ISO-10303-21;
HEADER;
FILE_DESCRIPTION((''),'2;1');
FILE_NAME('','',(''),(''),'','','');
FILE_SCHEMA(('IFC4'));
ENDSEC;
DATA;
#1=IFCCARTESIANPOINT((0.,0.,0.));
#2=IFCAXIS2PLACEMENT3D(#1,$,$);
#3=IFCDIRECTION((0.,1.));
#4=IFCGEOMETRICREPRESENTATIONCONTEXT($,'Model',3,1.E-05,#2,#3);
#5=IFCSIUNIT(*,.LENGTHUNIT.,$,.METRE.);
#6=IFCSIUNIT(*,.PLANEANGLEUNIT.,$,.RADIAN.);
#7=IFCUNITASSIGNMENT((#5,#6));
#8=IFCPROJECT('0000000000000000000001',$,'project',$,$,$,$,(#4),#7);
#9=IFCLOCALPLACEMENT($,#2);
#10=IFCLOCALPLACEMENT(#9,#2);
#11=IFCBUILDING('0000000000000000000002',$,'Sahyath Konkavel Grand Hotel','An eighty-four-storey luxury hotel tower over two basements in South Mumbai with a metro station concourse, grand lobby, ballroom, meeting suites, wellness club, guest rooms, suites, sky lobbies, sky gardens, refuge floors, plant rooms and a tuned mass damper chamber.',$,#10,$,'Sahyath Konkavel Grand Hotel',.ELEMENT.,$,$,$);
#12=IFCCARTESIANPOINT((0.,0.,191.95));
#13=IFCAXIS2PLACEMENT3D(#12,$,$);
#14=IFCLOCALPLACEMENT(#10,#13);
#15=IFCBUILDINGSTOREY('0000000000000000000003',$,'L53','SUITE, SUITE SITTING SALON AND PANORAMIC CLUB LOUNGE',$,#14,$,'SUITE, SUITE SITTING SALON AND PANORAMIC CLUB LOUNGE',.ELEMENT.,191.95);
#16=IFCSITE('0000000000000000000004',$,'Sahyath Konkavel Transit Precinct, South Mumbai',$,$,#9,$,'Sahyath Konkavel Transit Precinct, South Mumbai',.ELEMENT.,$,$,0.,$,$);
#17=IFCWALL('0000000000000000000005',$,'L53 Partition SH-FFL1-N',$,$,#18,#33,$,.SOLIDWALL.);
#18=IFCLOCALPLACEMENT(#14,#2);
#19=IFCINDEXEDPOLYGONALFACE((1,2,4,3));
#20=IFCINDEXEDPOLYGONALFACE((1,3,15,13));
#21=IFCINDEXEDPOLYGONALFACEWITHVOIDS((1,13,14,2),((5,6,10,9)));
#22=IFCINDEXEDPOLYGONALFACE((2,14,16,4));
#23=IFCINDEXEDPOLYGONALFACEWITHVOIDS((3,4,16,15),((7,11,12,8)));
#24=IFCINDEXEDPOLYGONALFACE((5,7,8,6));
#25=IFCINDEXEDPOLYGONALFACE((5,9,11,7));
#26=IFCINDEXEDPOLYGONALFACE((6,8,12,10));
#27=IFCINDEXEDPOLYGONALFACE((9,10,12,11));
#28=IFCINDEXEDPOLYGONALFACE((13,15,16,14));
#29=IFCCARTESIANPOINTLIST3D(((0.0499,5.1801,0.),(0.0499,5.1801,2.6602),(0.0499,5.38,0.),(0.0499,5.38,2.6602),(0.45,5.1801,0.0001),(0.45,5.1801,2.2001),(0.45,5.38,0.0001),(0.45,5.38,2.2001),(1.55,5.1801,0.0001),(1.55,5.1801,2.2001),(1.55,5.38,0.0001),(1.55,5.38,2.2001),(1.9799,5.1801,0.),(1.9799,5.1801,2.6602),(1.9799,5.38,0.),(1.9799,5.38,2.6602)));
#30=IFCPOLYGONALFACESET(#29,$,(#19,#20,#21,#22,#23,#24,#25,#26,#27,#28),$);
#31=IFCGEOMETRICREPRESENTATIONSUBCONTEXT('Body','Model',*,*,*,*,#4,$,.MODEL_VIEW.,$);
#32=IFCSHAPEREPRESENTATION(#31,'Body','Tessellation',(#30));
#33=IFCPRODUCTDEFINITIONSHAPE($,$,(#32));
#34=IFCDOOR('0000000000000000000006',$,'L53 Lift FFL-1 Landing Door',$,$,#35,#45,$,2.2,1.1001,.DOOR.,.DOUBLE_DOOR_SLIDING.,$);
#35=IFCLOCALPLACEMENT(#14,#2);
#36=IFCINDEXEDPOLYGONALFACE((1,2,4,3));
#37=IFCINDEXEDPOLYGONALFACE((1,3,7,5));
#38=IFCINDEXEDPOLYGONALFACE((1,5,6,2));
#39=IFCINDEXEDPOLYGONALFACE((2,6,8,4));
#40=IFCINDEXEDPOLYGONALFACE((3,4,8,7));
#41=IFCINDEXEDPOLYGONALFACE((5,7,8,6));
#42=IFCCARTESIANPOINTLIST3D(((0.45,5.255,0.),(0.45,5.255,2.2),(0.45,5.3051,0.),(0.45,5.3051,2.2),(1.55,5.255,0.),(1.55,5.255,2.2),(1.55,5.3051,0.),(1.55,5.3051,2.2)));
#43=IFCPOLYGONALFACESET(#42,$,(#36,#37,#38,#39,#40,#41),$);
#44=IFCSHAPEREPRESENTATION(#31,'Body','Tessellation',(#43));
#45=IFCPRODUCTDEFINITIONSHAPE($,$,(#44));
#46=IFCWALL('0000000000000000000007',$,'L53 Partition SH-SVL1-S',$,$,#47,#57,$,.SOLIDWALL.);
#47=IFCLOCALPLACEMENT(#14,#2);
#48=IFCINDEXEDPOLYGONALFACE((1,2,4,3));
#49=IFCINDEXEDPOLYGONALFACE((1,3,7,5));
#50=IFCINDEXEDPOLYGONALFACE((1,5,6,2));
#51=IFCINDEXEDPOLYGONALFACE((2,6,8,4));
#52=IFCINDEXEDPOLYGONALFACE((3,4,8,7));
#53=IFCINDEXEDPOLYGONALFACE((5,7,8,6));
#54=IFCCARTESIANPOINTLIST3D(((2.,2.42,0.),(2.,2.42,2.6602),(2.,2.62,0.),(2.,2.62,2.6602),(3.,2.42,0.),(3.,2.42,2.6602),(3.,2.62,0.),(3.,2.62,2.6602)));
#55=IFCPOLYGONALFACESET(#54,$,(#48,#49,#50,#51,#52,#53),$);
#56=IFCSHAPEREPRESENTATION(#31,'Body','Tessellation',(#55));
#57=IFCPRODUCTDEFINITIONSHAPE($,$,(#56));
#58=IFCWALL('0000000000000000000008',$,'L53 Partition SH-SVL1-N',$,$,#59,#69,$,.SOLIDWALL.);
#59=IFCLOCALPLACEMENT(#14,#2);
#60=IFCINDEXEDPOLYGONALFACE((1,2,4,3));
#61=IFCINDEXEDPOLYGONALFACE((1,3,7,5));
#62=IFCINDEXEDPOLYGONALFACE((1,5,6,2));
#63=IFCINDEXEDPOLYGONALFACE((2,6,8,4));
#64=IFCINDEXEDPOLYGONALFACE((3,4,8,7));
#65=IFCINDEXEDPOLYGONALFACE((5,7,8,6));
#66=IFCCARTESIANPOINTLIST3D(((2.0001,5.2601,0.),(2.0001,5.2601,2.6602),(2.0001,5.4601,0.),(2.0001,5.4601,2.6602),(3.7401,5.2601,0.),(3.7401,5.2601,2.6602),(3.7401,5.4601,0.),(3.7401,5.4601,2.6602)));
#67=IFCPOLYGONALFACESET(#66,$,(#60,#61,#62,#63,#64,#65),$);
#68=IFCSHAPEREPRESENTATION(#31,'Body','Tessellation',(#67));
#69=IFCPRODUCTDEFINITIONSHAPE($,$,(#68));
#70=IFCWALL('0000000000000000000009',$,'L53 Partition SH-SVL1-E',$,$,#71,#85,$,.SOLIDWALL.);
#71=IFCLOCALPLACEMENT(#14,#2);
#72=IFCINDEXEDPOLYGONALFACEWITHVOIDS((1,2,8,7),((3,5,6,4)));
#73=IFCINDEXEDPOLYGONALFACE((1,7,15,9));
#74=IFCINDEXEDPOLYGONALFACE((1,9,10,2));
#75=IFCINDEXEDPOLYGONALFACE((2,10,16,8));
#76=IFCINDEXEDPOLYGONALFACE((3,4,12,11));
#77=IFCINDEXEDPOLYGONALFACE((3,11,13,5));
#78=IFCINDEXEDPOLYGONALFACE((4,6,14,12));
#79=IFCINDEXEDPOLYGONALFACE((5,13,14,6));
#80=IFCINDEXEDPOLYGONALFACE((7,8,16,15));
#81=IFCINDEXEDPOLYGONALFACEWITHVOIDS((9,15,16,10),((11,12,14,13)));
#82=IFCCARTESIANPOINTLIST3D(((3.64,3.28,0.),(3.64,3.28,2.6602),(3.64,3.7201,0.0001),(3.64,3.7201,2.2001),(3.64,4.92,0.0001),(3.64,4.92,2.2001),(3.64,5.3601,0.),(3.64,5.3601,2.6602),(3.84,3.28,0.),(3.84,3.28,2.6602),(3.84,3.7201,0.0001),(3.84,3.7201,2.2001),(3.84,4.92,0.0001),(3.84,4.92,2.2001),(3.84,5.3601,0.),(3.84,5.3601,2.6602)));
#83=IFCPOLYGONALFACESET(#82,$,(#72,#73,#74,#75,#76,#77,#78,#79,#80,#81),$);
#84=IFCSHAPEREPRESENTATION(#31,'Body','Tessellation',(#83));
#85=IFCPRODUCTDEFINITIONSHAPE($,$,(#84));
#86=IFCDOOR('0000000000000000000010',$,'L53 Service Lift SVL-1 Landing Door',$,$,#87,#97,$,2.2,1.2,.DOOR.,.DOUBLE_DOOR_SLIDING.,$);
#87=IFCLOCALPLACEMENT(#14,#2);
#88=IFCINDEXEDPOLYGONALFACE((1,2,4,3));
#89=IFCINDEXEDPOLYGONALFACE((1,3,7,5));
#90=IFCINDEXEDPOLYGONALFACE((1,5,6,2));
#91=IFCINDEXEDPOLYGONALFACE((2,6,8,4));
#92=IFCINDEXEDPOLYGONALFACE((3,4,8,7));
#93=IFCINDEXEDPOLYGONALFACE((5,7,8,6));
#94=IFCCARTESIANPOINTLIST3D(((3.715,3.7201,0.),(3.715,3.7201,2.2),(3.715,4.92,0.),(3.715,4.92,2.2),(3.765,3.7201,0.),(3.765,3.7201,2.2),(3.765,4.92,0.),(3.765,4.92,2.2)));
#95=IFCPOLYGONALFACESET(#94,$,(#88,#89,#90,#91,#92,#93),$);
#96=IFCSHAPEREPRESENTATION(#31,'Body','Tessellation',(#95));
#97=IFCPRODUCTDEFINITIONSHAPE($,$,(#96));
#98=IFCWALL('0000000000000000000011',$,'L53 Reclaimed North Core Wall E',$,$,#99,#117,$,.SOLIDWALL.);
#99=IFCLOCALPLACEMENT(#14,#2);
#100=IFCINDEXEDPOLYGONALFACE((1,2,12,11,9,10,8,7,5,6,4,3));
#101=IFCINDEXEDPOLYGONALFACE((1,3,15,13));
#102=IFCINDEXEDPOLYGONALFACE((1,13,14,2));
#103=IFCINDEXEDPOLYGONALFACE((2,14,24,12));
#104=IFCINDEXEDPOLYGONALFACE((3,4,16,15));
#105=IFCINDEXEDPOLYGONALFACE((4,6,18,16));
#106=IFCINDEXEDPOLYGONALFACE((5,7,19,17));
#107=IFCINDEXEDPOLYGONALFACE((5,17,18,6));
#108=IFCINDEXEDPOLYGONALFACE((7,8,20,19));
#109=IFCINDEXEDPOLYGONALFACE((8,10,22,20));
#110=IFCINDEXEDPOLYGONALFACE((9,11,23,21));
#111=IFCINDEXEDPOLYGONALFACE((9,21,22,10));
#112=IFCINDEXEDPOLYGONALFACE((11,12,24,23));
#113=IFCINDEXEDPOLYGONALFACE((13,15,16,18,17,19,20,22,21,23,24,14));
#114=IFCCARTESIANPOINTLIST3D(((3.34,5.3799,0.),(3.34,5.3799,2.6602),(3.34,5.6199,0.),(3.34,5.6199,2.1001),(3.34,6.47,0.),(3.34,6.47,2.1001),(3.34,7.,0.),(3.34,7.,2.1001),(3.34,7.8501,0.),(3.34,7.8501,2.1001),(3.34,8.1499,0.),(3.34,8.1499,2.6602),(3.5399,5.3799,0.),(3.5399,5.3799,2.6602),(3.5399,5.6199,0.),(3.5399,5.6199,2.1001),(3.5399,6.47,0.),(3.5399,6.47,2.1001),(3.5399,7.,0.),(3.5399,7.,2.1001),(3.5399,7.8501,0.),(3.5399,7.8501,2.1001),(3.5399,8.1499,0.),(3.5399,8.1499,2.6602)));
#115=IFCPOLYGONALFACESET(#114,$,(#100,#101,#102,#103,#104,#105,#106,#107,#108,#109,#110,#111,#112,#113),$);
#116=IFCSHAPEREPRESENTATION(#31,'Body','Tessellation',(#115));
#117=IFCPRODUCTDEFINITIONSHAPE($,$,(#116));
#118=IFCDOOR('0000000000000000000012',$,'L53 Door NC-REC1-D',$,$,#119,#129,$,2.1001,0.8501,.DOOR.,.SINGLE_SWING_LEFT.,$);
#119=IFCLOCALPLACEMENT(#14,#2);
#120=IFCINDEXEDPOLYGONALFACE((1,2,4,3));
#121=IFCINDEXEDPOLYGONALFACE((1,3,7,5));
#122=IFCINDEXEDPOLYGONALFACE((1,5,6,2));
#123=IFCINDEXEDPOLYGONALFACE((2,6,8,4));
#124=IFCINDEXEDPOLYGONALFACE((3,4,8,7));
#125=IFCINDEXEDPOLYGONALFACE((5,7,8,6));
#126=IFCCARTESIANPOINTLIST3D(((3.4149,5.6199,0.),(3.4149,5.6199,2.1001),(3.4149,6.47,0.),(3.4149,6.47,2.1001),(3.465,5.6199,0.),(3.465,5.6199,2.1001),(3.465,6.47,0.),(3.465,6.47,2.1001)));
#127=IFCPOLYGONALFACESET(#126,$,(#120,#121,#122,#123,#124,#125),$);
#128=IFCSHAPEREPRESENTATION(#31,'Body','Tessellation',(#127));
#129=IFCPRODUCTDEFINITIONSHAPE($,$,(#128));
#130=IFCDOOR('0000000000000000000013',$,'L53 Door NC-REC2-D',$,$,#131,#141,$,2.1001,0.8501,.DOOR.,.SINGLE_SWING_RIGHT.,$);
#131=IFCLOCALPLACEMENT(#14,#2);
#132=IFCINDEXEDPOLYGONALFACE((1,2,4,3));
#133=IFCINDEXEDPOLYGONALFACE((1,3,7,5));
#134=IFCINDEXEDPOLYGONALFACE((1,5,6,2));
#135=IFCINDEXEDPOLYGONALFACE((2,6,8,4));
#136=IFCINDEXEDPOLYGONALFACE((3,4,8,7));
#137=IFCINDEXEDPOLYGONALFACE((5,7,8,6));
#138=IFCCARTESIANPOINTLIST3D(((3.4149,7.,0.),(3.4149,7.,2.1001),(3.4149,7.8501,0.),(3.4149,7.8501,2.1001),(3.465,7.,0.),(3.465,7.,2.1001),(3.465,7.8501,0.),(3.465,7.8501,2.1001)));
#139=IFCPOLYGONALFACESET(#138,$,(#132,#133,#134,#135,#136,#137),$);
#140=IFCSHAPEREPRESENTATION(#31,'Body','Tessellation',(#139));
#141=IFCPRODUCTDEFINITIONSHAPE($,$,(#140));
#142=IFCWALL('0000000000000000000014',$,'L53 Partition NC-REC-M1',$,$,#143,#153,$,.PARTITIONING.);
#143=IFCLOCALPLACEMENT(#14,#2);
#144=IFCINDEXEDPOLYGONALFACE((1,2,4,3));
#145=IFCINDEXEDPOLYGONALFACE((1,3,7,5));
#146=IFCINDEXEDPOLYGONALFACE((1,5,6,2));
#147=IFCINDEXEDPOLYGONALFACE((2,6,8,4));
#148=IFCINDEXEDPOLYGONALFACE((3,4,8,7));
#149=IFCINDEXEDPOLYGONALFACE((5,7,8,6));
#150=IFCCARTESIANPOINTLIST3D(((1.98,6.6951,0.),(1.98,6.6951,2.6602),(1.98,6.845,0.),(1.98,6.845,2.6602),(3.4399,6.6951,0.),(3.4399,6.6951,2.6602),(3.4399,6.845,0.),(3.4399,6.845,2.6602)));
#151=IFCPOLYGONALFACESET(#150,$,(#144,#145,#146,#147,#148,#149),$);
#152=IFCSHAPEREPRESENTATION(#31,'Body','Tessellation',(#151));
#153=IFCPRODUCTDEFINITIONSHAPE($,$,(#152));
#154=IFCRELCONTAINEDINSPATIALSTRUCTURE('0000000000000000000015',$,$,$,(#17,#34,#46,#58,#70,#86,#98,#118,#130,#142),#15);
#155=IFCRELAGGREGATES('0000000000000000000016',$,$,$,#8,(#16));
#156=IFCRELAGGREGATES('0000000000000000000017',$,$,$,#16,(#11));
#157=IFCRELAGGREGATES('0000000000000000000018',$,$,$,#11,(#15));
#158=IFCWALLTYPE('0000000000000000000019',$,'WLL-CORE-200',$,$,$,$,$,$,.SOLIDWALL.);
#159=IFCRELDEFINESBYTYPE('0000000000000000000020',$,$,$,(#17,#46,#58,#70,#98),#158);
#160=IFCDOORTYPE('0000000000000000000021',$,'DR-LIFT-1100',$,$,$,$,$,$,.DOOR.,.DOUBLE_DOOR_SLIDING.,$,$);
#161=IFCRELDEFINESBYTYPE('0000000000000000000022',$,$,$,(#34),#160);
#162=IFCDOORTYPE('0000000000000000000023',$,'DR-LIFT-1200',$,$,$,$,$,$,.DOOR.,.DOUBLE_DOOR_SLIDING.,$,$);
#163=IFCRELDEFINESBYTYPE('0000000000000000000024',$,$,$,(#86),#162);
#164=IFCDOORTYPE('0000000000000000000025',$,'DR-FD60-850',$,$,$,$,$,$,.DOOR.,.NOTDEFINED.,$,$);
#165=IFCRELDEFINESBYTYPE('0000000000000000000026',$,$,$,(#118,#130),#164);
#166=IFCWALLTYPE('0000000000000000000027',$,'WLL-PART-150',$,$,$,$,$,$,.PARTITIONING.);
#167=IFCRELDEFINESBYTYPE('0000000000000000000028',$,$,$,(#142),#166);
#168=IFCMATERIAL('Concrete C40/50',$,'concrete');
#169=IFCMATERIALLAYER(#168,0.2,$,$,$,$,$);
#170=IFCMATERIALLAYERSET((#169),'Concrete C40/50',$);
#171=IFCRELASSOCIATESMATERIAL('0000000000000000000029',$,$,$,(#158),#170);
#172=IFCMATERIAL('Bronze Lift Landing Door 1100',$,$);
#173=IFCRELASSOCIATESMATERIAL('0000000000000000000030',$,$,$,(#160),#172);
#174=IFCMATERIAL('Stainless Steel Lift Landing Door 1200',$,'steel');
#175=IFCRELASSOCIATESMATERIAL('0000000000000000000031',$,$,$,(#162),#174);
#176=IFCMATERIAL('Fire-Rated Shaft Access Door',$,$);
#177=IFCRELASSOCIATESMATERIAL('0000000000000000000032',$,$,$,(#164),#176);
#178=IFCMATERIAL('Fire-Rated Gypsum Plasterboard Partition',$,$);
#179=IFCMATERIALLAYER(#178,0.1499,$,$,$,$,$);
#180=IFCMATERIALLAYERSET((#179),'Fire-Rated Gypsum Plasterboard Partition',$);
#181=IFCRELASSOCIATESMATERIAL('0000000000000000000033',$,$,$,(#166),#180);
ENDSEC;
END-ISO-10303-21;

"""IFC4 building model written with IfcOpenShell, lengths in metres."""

from ifc_helpers import new_model, si_unit, direction, frame, frame_2d, origin, origin_2d, place, context, subcontext, project, spatial, rectangle, extrude, source, transform, mapped, material, layer, layer_set, type_object, element, fill, save


model = new_model("IFC4")

# Units and contexts
model_context = context("Model", 3, precision=1e-05, world=origin(), true_north=direction((0.0, 1.0)))
body_context = subcontext(model_context, "Body", "Model", "MODEL_VIEW")
ifc_project = project(units=[si_unit("LENGTHUNIT", "METRE"), si_unit("PLANEANGLEUNIT", "RADIAN")], contexts=[model_context])

# Site, building, storey
site_placement = place(None, origin())
site = spatial("IfcSite", under=ifc_project, at=site_placement, Name="Sahyath Konkavel Transit Precinct, South Mumbai", LongName="Sahyath Konkavel Transit Precinct, South Mumbai", CompositionType="ELEMENT", RefElevation=0.0)
building_placement = place(site_placement, origin())
building = spatial("IfcBuilding", under=site, at=building_placement, Name="Sahyath Konkavel Grand Hotel", Description="An eighty-four-storey luxury hotel tower over two basements in South Mumbai with a metro station concourse, grand lobby, ballroom, meeting suites, wellness club, guest rooms, suites, sky lobbies, sky gardens, refuge floors, plant rooms and a tuned mass damper chamber.", LongName="Sahyath Konkavel Grand Hotel", CompositionType="ELEMENT")
storey_placement = place(building_placement, frame((0.0, 0.0, 191.95)))
storey = spatial("IfcBuildingStorey", under=building, at=storey_placement, Name="L53", Description="SUITE, SUITE SITTING SALON AND PANORAMIC CLUB LOUNGE", LongName="SUITE, SUITE SITTING SALON AND PANORAMIC CLUB LOUNGE", CompositionType="ELEMENT", Elevation=191.95)

# Shared definitions
ifc_material_1 = material(Name="Concrete C40/50", Category="concrete")
ifc_layer_1 = layer(ifc_material_1, 0.2)
ifc_layer_set_1 = layer_set([ifc_layer_1], Name="Concrete C40/50")
wall_type_1 = type_object("IfcWallType", Name="WLL-CORE-200", PredefinedType="SOLIDWALL", material=ifc_layer_set_1)
shared_shape_1 = source(origin(), body_context, "Body", "SweptSolid", [
    extrude(rectangle(XDim=0.8501, YDim=0.05, at=origin_2d()), origin(), (0.0, 0.0, 1.0), 2.1001),
])

# Wall, opening, door
wall_1_placement = place(storey_placement, frame((0.05, 5.28, 0.0), z_axis=(0.0, 0.0, 1.0), x_axis=(1.0, 0.0, 0.0)))
wall_1 = element("IfcWall", 1, at=wall_1_placement, inside=storey, type_object=wall_type_1, Name="L53 Partition SH-FFL1-N", PredefinedType="SOLIDWALL", context=body_context, shape_type="SweptSolid", body=[
    extrude(rectangle(XDim=1.9299, YDim=0.2, at=frame_2d((0.9648, 0.0))), origin(), (0.0, 0.0, 1.0), 2.6602),
])
opening_1_placement = place(wall_1_placement, frame((0.3999, 0.0, 0.0)))
opening_1 = element("IfcOpeningElement", 2, at=opening_1_placement, cuts=wall_1, PredefinedType="OPENING", context=body_context, shape_type="SweptSolid", body=[
    extrude(rectangle(XDim=1.1001, YDim=2.2, at=frame_2d((0.55, 1.1001))), frame((0.0, 0.1099, 0.0), z_axis=(0.0, -1.0, 0.0), x_axis=(1.0, 0.0, 0.0)), (0.0, 0.0, 1.0), 0.22),
])
ifc_material_2 = material(Name="Bronze Lift Landing Door 1100")
door_type_1 = type_object("IfcDoorType", Name="DR-LIFT-1100", OperationType="DOUBLE_DOOR_SLIDING", PredefinedType="DOOR", material=ifc_material_2)
shared_shape_2 = source(origin(), body_context, "Body", "SweptSolid", [
    extrude(rectangle(XDim=1.1001, YDim=0.05, at=origin_2d()), origin(), (0.0, 0.0, 1.0), 2.2),
])
door_1_placement = place(opening_1_placement, frame((0.55, 0.0, 0.0)))
door_1 = element("IfcDoor", 3, at=door_1_placement, inside=storey, type_object=door_type_1, Name="L53 Lift FFL-1 Landing Door", OperationType="DOUBLE_DOOR_SLIDING", OverallHeight=2.2, OverallWidth=1.1001, PredefinedType="DOOR", context=body_context, shape_type="MappedRepresentation", body=[
    mapped(shared_shape_2, transform((0.0, 0.0, 0.0), scale=1.0)),
])
fill(opening_1, door_1)

# Walls
wall_2_placement = place(storey_placement, frame((2.0, 2.52, 0.0), z_axis=(0.0, 0.0, 1.0), x_axis=(1.0, 0.0, 0.0)))
element("IfcWall", 4, at=wall_2_placement, inside=storey, type_object=wall_type_1, Name="L53 Partition SH-SVL1-S", PredefinedType="SOLIDWALL", context=body_context, shape_type="SweptSolid", body=[
    extrude(rectangle(XDim=1.0, YDim=0.2, at=frame_2d((0.5, 0.0))), origin(), (0.0, 0.0, 1.0), 2.6602),
])
wall_3_placement = place(storey_placement, frame((2.0, 5.3601, 0.0), z_axis=(0.0, 0.0, 1.0), x_axis=(1.0, 0.0, 0.0)))
element("IfcWall", 5, at=wall_3_placement, inside=storey, type_object=wall_type_1, Name="L53 Partition SH-SVL1-N", PredefinedType="SOLIDWALL", context=body_context, shape_type="SweptSolid", body=[
    extrude(rectangle(XDim=1.74, YDim=0.2, at=frame_2d((0.8701, 0.0))), origin(), (0.0, 0.0, 1.0), 2.6602),
])

# Wall, opening, door
wall_4_placement = place(storey_placement, frame((3.74, 3.28, 0.0), z_axis=(0.0, 0.0, 1.0), x_axis=(0.0, 1.0, 0.0)))
wall_4 = element("IfcWall", 6, at=wall_4_placement, inside=storey, type_object=wall_type_1, Name="L53 Partition SH-SVL1-E", PredefinedType="SOLIDWALL", context=body_context, shape_type="SweptSolid", body=[
    extrude(rectangle(XDim=2.0801, YDim=0.2, at=frame_2d((1.04, 0.0))), origin(), (0.0, 0.0, 1.0), 2.6602),
])
opening_2_placement = place(wall_4_placement, frame((0.4399, 0.0, 0.0)))
opening_2 = element("IfcOpeningElement", 7, at=opening_2_placement, cuts=wall_4, PredefinedType="OPENING", context=body_context, shape_type="SweptSolid", body=[
    extrude(rectangle(XDim=1.2, YDim=2.2, at=frame_2d((0.6001, 1.1001))), frame((0.0, 0.1099, 0.0), z_axis=(0.0, -1.0, 0.0), x_axis=(1.0, 0.0, 0.0)), (0.0, 0.0, 1.0), 0.22),
])
ifc_material_3 = material(Name="Stainless Steel Lift Landing Door 1200", Category="steel")
door_type_2 = type_object("IfcDoorType", Name="DR-LIFT-1200", OperationType="DOUBLE_DOOR_SLIDING", PredefinedType="DOOR", material=ifc_material_3)
shared_shape_3 = source(origin(), body_context, "Body", "SweptSolid", [
    extrude(rectangle(XDim=1.2, YDim=0.05, at=origin_2d()), origin(), (0.0, 0.0, 1.0), 2.2),
])
door_2_placement = place(opening_2_placement, frame((0.6001, 0.0, 0.0)))
door_2 = element("IfcDoor", 8, at=door_2_placement, inside=storey, type_object=door_type_2, Name="L53 Service Lift SVL-1 Landing Door", OperationType="DOUBLE_DOOR_SLIDING", OverallHeight=2.2, OverallWidth=1.2, PredefinedType="DOOR", context=body_context, shape_type="MappedRepresentation", body=[
    mapped(shared_shape_3, transform((0.0, 0.0, 0.0), scale=1.0)),
])
fill(opening_2, door_2)

# Wall, openings, doors
wall_5_placement = place(storey_placement, frame((3.4399, 5.3799, 0.0), z_axis=(0.0, 0.0, 1.0), x_axis=(0.0, 1.0, 0.0)))
wall_5 = element("IfcWall", 9, at=wall_5_placement, inside=storey, type_object=wall_type_1, Name="L53 Reclaimed North Core Wall E", PredefinedType="SOLIDWALL", context=body_context, shape_type="SweptSolid", body=[
    extrude(rectangle(XDim=2.77, YDim=0.2, at=frame_2d((1.385, 0.0))), origin(), (0.0, 0.0, 1.0), 2.6602),
])
opening_3_placement = place(wall_5_placement, frame((0.24, 0.0, 0.0)))
opening_3 = element("IfcOpeningElement", 10, at=opening_3_placement, cuts=wall_5, PredefinedType="OPENING", context=body_context, shape_type="SweptSolid", body=[
    extrude(rectangle(XDim=0.8501, YDim=2.1001, at=frame_2d((0.425, 1.05))), frame((0.0, 0.1099, 0.0), z_axis=(0.0, -1.0, 0.0), x_axis=(1.0, 0.0, 0.0)), (0.0, 0.0, 1.0), 0.22),
])
opening_4_placement = place(wall_5_placement, frame((1.6201, 0.0, 0.0)))
opening_4 = element("IfcOpeningElement", 11, at=opening_4_placement, cuts=wall_5, PredefinedType="OPENING", context=body_context, shape_type="SweptSolid", body=[
    extrude(rectangle(XDim=0.8501, YDim=2.1001, at=frame_2d((0.425, 1.05))), frame((0.0, 0.1099, 0.0), z_axis=(0.0, -1.0, 0.0), x_axis=(1.0, 0.0, 0.0)), (0.0, 0.0, 1.0), 0.22),
])
ifc_material_4 = material(Name="Fire-Rated Shaft Access Door")
door_type_3 = type_object("IfcDoorType", Name="DR-FD60-850", OperationType="NOTDEFINED", PredefinedType="DOOR", material=ifc_material_4)
door_3_placement = place(opening_3_placement, frame((0.425, 0.0, 0.0)))
door_3 = element("IfcDoor", 12, at=door_3_placement, inside=storey, type_object=door_type_3, Name="L53 Door NC-REC1-D", OperationType="SINGLE_SWING_LEFT", OverallHeight=2.1001, OverallWidth=0.8501, PredefinedType="DOOR", context=body_context, shape_type="MappedRepresentation", body=[
    mapped(shared_shape_1, transform((0.0, 0.0, 0.0), scale=1.0)),
])
fill(opening_3, door_3)
door_4_placement = place(opening_4_placement, frame((0.425, 0.0, 0.0)))
door_4 = element("IfcDoor", 13, at=door_4_placement, inside=storey, type_object=door_type_3, Name="L53 Door NC-REC2-D", OperationType="SINGLE_SWING_RIGHT", OverallHeight=2.1001, OverallWidth=0.8501, PredefinedType="DOOR", context=body_context, shape_type="MappedRepresentation", body=[
    mapped(shared_shape_1, transform((0.0, 0.0, 0.0), scale=1.0)),
])
fill(opening_4, door_4)

# Wall
ifc_material_5 = material(Name="Fire-Rated Gypsum Plasterboard Partition")
ifc_layer_2 = layer(ifc_material_5, 0.1499)
ifc_layer_set_2 = layer_set([ifc_layer_2], Name="Fire-Rated Gypsum Plasterboard Partition")
wall_type_2 = type_object("IfcWallType", Name="WLL-PART-150", PredefinedType="PARTITIONING", material=ifc_layer_set_2)
wall_6_placement = place(storey_placement, frame((1.98, 6.77, 0.0), z_axis=(0.0, 0.0, 1.0), x_axis=(1.0, 0.0, 0.0)))
element("IfcWall", 14, at=wall_6_placement, inside=storey, type_object=wall_type_2, Name="L53 Partition NC-REC-M1", PredefinedType="PARTITIONING", context=body_context, shape_type="SweptSolid", body=[
    extrude(rectangle(XDim=1.46, YDim=0.1499, at=frame_2d((0.73, 0.0))), origin(), (0.0, 0.0, 1.0), 2.6602),
])

save(model, "model.ifc")
